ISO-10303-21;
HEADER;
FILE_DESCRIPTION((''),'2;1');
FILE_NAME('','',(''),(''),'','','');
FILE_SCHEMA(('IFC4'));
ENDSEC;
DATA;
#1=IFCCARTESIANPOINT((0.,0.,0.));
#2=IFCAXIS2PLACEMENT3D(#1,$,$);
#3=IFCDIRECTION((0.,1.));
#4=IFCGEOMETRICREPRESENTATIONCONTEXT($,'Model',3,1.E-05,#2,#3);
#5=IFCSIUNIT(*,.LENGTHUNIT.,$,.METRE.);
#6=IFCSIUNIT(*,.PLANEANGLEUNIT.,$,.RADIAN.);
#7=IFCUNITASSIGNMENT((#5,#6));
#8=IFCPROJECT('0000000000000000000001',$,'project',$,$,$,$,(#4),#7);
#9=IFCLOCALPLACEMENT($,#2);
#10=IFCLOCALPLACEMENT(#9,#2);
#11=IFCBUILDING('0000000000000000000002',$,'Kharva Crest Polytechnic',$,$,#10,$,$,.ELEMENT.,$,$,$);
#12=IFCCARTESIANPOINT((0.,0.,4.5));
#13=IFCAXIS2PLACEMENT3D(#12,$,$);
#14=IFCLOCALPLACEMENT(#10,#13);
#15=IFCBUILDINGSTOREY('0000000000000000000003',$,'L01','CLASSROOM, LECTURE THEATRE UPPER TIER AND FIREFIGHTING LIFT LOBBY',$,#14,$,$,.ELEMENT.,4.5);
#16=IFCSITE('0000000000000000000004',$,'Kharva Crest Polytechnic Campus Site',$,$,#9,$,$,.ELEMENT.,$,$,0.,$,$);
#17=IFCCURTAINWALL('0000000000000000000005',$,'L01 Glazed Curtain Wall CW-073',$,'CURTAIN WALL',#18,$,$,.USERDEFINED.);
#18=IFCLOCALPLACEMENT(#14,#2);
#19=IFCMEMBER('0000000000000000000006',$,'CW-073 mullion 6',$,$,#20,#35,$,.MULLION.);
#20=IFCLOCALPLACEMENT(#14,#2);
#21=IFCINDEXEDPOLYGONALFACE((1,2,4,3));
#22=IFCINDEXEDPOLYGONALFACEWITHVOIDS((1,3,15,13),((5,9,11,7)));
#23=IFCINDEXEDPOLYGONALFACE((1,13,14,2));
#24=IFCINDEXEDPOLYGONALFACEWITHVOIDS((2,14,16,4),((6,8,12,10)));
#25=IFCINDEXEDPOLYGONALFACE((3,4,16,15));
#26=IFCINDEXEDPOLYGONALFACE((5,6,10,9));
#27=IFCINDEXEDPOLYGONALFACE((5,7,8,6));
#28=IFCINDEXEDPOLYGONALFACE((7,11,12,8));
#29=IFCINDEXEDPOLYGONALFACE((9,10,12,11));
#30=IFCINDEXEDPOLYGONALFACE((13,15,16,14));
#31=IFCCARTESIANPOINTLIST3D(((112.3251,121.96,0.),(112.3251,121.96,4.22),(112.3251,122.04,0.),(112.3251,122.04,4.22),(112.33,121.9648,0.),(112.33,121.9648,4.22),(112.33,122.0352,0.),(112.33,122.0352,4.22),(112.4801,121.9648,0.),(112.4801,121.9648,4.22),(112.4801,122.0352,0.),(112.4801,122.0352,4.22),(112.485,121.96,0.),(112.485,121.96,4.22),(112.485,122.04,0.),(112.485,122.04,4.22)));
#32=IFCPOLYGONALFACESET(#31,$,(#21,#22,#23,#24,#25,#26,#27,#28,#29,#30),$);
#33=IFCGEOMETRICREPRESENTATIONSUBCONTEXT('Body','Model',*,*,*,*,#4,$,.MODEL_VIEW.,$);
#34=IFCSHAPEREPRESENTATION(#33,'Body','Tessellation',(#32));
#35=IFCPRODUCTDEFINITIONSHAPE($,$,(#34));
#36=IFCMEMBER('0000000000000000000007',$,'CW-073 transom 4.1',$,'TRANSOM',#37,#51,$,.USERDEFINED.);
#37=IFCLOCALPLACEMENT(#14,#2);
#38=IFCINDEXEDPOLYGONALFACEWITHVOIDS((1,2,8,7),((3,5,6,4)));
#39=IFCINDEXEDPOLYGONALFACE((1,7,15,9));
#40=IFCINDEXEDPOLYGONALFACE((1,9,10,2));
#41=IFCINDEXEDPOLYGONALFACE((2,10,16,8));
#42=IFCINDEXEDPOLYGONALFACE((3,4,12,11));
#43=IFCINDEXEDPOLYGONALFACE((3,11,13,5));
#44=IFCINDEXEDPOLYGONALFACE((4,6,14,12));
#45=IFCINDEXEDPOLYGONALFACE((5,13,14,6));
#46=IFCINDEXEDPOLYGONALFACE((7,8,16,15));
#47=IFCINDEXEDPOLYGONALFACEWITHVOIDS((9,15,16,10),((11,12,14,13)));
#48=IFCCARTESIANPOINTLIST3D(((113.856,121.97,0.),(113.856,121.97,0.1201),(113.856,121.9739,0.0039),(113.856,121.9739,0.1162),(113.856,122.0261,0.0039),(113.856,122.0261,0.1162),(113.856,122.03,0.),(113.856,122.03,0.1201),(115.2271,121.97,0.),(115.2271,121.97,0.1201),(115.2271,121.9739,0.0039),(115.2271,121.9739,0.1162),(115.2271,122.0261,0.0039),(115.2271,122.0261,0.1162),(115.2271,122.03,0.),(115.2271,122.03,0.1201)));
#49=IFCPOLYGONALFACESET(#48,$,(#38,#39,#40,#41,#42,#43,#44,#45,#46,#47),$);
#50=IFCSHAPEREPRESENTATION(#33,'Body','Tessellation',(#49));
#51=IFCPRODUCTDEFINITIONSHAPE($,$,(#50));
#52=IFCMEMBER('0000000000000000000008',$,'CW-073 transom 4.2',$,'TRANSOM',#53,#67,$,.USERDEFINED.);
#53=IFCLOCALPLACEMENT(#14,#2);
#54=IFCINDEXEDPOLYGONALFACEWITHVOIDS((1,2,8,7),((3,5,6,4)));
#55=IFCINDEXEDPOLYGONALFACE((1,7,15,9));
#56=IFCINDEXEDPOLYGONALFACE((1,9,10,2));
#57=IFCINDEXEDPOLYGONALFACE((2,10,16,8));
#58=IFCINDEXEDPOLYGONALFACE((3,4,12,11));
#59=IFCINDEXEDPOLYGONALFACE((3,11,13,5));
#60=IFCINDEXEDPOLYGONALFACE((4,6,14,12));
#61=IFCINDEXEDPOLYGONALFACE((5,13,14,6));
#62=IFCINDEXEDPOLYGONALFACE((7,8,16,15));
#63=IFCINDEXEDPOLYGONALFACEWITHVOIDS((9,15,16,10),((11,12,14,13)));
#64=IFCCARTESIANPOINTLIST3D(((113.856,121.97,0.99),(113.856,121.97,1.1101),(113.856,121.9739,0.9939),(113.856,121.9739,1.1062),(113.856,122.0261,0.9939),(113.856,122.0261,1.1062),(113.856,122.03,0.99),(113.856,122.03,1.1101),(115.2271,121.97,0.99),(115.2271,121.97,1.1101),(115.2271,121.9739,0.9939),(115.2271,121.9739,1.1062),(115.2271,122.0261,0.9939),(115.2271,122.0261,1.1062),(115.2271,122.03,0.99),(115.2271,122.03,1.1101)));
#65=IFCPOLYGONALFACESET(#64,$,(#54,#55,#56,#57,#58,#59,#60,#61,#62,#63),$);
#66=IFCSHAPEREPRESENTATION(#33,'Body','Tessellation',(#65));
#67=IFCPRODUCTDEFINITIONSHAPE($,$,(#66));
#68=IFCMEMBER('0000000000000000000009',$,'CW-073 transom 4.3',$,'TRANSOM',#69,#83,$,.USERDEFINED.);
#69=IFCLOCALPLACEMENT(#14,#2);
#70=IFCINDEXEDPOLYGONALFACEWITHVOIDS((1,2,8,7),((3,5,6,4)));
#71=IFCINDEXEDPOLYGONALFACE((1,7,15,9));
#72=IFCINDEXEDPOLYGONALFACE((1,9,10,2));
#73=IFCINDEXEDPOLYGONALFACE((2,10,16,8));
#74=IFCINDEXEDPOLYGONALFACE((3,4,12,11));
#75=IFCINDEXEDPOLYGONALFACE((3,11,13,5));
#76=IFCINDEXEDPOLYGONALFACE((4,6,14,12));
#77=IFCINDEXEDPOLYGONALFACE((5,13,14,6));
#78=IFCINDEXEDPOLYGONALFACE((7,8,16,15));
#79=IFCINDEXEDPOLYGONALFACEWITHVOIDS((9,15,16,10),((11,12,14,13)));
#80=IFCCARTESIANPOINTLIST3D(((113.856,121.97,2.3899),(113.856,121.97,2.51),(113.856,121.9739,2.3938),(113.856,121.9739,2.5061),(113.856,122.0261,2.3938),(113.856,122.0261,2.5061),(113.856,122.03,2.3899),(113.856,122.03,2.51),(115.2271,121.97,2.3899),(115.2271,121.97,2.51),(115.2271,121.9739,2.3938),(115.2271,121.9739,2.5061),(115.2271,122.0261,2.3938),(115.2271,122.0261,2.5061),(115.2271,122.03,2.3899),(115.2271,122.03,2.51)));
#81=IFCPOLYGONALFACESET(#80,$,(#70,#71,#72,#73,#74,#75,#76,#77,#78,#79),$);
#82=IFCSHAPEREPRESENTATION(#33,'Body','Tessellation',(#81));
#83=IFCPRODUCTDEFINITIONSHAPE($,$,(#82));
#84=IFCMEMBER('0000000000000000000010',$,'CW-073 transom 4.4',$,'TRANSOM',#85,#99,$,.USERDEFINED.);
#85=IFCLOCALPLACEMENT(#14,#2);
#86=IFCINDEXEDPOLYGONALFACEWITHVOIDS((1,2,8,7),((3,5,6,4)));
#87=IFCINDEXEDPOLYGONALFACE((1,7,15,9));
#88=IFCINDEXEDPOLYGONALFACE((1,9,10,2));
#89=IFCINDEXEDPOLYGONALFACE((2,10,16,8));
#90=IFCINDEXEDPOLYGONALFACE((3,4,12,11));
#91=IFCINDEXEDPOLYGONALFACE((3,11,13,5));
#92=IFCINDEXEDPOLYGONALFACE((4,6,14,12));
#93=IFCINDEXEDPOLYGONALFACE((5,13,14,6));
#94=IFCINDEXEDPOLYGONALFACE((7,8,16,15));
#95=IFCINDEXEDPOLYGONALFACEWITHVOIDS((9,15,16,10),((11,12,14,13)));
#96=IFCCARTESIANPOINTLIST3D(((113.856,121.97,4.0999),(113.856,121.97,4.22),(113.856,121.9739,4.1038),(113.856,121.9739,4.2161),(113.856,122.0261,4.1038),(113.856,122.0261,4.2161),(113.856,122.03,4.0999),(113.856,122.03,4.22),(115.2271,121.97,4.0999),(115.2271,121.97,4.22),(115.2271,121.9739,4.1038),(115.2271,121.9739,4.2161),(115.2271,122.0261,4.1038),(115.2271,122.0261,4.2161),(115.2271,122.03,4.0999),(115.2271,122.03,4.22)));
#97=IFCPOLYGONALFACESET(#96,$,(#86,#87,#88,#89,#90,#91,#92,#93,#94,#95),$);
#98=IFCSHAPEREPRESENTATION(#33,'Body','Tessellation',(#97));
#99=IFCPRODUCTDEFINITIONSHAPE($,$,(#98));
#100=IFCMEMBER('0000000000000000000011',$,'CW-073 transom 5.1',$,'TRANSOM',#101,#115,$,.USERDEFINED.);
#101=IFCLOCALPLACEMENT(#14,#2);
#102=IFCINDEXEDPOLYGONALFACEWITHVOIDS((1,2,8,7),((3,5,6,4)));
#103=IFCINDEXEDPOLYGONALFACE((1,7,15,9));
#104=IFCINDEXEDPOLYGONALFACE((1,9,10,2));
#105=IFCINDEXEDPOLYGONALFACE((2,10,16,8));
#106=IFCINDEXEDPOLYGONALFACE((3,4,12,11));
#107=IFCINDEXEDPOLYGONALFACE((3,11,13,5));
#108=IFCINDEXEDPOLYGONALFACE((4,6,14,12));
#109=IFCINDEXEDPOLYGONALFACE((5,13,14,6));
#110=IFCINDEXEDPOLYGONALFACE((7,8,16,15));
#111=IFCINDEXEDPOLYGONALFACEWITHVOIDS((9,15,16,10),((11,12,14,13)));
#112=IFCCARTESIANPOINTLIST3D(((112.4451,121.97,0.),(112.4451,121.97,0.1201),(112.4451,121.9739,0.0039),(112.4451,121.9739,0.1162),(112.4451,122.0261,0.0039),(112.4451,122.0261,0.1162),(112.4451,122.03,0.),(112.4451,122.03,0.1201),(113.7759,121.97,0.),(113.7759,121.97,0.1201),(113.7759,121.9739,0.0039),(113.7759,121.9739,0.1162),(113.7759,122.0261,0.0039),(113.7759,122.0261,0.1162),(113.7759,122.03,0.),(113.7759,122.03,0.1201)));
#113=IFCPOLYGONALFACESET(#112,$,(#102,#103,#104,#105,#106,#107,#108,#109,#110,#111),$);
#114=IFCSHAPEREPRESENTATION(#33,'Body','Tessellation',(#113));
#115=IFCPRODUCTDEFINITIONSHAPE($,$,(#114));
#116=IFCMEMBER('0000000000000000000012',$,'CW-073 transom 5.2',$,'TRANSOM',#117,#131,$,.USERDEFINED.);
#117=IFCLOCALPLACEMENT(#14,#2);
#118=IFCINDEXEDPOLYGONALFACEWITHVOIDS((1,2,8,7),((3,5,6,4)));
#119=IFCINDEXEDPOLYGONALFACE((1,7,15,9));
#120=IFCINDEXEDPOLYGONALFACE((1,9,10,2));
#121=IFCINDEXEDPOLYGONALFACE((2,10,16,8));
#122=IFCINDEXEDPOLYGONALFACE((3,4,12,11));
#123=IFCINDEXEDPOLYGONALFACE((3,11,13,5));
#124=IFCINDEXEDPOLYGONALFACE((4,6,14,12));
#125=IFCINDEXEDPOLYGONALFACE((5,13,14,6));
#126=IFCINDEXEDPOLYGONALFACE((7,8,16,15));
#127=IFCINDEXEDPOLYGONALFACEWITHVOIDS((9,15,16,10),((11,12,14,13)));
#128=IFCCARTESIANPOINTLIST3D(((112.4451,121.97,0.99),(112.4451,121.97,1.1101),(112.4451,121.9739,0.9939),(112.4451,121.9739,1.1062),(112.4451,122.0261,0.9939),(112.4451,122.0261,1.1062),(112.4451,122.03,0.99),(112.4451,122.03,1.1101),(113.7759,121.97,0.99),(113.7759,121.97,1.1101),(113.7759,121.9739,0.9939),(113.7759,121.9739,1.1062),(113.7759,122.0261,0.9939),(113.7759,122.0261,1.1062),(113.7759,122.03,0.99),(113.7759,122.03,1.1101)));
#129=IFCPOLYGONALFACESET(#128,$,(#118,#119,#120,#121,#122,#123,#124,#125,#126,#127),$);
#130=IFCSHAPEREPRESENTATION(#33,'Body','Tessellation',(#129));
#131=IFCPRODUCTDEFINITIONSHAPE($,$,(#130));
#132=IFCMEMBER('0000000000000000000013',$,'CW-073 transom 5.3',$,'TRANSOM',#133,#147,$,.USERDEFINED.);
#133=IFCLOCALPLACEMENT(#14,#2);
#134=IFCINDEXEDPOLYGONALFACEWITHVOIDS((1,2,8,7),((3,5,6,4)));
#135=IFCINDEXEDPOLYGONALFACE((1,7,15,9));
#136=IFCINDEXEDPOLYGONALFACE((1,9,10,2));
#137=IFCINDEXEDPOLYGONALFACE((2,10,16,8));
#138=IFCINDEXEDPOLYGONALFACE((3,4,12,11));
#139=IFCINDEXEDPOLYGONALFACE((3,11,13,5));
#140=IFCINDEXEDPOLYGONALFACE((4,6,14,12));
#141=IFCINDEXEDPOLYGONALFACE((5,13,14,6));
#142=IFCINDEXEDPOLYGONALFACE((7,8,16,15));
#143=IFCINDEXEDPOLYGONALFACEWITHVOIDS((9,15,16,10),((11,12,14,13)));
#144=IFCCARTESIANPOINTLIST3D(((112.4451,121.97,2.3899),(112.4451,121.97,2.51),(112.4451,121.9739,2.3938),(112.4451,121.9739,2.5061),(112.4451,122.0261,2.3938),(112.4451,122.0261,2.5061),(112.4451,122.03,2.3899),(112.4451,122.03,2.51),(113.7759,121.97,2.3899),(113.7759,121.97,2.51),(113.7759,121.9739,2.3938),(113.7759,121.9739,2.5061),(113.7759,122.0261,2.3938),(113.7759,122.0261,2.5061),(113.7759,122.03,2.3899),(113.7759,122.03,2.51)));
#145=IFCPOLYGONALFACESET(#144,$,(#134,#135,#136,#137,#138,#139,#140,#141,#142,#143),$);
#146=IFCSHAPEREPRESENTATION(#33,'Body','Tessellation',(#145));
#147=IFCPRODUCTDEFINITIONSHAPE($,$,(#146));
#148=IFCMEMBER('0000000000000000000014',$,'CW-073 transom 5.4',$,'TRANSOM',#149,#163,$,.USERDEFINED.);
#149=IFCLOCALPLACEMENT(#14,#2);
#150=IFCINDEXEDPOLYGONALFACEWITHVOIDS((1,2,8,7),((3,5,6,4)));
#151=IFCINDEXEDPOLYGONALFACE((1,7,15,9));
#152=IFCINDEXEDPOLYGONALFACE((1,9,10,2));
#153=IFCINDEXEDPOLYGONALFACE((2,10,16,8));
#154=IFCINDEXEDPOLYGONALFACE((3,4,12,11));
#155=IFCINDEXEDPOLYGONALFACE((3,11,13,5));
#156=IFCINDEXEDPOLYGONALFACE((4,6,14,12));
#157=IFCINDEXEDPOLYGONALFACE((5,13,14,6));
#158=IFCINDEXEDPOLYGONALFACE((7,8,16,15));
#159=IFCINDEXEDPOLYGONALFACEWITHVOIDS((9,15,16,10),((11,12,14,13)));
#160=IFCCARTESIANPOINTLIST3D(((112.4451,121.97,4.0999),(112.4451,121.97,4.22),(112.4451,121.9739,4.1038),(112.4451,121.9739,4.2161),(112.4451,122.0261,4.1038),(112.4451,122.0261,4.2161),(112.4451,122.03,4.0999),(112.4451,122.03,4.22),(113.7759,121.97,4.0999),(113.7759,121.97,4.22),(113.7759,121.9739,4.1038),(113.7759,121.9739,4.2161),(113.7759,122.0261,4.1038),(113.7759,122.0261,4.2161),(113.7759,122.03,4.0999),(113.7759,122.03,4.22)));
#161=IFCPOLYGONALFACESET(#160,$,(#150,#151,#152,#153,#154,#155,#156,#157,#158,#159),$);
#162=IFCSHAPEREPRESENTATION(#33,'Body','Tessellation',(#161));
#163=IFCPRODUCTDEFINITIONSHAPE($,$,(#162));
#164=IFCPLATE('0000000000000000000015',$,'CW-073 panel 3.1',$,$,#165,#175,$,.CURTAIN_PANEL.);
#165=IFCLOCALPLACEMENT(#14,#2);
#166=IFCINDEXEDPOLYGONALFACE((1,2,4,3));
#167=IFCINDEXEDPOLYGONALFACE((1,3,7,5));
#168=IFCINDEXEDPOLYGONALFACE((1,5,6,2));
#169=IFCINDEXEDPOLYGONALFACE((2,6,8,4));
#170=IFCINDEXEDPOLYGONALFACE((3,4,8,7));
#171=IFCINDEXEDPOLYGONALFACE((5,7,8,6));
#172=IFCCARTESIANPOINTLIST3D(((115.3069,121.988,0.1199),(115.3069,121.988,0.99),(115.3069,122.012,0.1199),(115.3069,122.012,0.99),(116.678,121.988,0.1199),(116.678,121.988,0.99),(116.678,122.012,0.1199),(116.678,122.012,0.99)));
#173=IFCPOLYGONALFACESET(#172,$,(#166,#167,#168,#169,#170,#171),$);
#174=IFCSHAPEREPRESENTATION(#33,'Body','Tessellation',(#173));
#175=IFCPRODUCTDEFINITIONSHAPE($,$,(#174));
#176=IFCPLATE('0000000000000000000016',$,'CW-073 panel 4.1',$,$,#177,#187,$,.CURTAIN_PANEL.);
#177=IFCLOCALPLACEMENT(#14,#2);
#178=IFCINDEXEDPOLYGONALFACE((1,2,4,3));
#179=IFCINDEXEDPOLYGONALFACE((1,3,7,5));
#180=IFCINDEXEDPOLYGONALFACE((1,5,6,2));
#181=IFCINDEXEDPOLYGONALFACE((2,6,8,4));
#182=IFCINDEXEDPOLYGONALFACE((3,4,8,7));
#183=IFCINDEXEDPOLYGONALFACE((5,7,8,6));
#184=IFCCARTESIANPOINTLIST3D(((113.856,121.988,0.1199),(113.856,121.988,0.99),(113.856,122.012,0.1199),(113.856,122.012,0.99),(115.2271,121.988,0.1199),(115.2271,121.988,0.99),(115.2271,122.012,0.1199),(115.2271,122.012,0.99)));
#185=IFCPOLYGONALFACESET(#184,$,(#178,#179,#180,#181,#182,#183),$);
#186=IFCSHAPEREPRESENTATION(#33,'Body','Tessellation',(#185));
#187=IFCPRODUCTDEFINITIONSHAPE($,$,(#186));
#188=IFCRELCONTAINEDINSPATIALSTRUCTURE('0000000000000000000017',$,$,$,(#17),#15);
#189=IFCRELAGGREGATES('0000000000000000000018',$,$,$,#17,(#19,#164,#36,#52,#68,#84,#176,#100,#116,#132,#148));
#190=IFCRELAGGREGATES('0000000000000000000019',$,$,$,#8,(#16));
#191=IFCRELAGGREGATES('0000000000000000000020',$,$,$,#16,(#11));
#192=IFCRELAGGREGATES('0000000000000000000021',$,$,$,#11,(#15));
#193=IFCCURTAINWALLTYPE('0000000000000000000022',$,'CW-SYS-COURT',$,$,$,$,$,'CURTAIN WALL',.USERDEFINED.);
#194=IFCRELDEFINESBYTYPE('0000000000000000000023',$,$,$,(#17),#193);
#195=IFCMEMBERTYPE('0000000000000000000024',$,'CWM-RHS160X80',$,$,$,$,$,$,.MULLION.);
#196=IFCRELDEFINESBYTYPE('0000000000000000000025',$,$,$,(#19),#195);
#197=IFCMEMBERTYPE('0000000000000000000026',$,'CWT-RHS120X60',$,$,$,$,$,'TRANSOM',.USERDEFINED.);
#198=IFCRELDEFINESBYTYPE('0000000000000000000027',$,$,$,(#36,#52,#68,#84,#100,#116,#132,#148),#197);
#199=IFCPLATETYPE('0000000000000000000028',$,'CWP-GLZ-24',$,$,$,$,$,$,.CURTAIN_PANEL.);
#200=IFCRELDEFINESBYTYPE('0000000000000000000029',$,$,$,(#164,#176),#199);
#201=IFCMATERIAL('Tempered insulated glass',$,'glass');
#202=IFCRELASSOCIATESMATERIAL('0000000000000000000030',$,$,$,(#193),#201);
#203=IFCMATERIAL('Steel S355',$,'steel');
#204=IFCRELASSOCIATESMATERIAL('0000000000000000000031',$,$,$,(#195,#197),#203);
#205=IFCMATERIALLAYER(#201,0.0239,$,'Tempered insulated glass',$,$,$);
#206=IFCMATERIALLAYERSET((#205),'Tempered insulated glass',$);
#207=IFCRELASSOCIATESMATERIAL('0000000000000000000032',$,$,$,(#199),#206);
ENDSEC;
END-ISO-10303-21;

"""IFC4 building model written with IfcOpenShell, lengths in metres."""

from ifc_helpers import new_model, si_unit, direction, frame, origin, origin_2d, place, context, subcontext, project, spatial, rectangle, hollow_rectangle, extrude, material, layer, layer_set, material_profile, profile_set, type_object, element, aggregate, save


model = new_model("IFC4")

# Units and contexts
model_context = context("Model", 3, precision=1e-05, world=origin(), true_north=direction((0.0, 1.0)))
body_context = subcontext(model_context, "Body", "Model", "MODEL_VIEW")
ifc_project = project(units=[si_unit("LENGTHUNIT", "METRE"), si_unit("PLANEANGLEUNIT", "RADIAN")], contexts=[model_context])

# Site, building, storey
site_placement = place(None, origin())
site = spatial("IfcSite", under=ifc_project, at=site_placement, Name="Kharva Crest Polytechnic Campus Site", CompositionType="ELEMENT", RefElevation=0.0)
building_placement = place(site_placement, origin())
building = spatial("IfcBuilding", under=site, at=building_placement, Name="Kharva Crest Polytechnic", CompositionType="ELEMENT")
storey_placement = place(building_placement, frame((0.0, 0.0, 4.5)))
storey = spatial("IfcBuildingStorey", under=building, at=storey_placement, Name="L01", Description="CLASSROOM, LECTURE THEATRE UPPER TIER AND FIREFIGHTING LIFT LOBBY", CompositionType="ELEMENT", Elevation=4.5)

# Shared definitions
ifc_material_1 = material(Name="Steel S355", Category="steel")

# Curtain wall, members, plates
ifc_material_2 = material(Name="Tempered insulated glass", Category="glass")
curtain_wall_type = type_object("IfcCurtainWallType", Name="CW-SYS-COURT", ElementType="CURTAIN WALL", PredefinedType="USERDEFINED", material=ifc_material_2)
curtain_wall_placement = place(storey_placement, origin())
curtain_wall = element("IfcCurtainWall", 1, at=curtain_wall_placement, inside=storey, type_object=curtain_wall_type, Name="L01 Glazed Curtain Wall CW-073", ObjectType="CURTAIN WALL", PredefinedType="USERDEFINED")
ifc_material_profile_1 = material_profile(ifc_material_1, hollow_rectangle(XDim=0.0801, YDim=0.1599, WallThickness=0.0049, at=origin_2d()), Name="RHS 160X80X5.0")
ifc_profile_set_1 = profile_set([ifc_material_profile_1], Name="Steel S355")
member_type_1 = type_object("IfcMemberType", Name="CWM-RHS160X80", PredefinedType="MULLION", material=ifc_profile_set_1)
member_1_placement = place(storey_placement, frame((112.405, 122.0, 0.0), z_axis=(0.0, 0.0, 1.0), x_axis=(0.0, -1.0, 0.0)))
member_1 = element("IfcMember", 2, at=member_1_placement, type_object=member_type_1, Name="CW-073 mullion 6", PredefinedType="MULLION", context=body_context, shape_type="SweptSolid", body=[
    extrude(hollow_rectangle(XDim=0.0801, YDim=0.1599, WallThickness=0.0049, at=origin_2d()), origin(), (0.0, 0.0, 1.0), 4.22),
])
ifc_material_profile_2 = material_profile(ifc_material_1, hollow_rectangle(XDim=0.0601, YDim=0.1201, WallThickness=0.0039, at=origin_2d()), Name="RHS 120X60X4.0")
ifc_profile_set_2 = profile_set([ifc_material_profile_2], Name="Steel S355")
member_type_2 = type_object("IfcMemberType", Name="CWT-RHS120X60", ElementType="TRANSOM", PredefinedType="USERDEFINED", material=ifc_profile_set_2)
member_2_placement = place(storey_placement, frame((115.2271, 122.0, 0.0601), z_axis=(-1.0, 0.0, 0.0), x_axis=(0.0, -1.0, 0.0)))
member_2 = element("IfcMember", 3, at=member_2_placement, type_object=member_type_2, Name="CW-073 transom 4.1", ObjectType="TRANSOM", PredefinedType="USERDEFINED", context=body_context, shape_type="SweptSolid", body=[
    extrude(hollow_rectangle(XDim=0.0601, YDim=0.1201, WallThickness=0.0039, at=origin_2d()), origin(), (0.0, 0.0, 1.0), 1.3711),
])
member_3_placement = place(storey_placement, frame((115.2271, 122.0, 1.05), z_axis=(-1.0, 0.0, 0.0), x_axis=(0.0, -1.0, 0.0)))
member_3 = element("IfcMember", 4, at=member_3_placement, type_object=member_type_2, Name="CW-073 transom 4.2", ObjectType="TRANSOM", PredefinedType="USERDEFINED", context=body_context, shape_type="SweptSolid", body=[
    extrude(hollow_rectangle(XDim=0.0601, YDim=0.1201, WallThickness=0.0039, at=origin_2d()), origin(), (0.0, 0.0, 1.0), 1.3711),
])
member_4_placement = place(storey_placement, frame((115.2271, 122.0, 2.45), z_axis=(-1.0, 0.0, 0.0), x_axis=(0.0, -1.0, 0.0)))
member_4 = element("IfcMember", 5, at=member_4_placement, type_object=member_type_2, Name="CW-073 transom 4.3", ObjectType="TRANSOM", PredefinedType="USERDEFINED", context=body_context, shape_type="SweptSolid", body=[
    extrude(hollow_rectangle(XDim=0.0601, YDim=0.1201, WallThickness=0.0039, at=origin_2d()), origin(), (0.0, 0.0, 1.0), 1.3711),
])
member_5_placement = place(storey_placement, frame((115.2271, 122.0, 4.1599), z_axis=(-1.0, 0.0, 0.0), x_axis=(0.0, -1.0, 0.0)))
member_5 = element("IfcMember", 6, at=member_5_placement, type_object=member_type_2, Name="CW-073 transom 4.4", ObjectType="TRANSOM", PredefinedType="USERDEFINED", context=body_context, shape_type="SweptSolid", body=[
    extrude(hollow_rectangle(XDim=0.0601, YDim=0.1201, WallThickness=0.0039, at=origin_2d()), origin(), (0.0, 0.0, 1.0), 1.3711),
])
member_6_placement = place(storey_placement, frame((113.7759, 122.0, 0.0601), z_axis=(-1.0, 0.0, 0.0), x_axis=(0.0, -1.0, 0.0)))
member_6 = element("IfcMember", 7, at=member_6_placement, type_object=member_type_2, Name="CW-073 transom 5.1", ObjectType="TRANSOM", PredefinedType="USERDEFINED", context=body_context, shape_type="SweptSolid", body=[
    extrude(hollow_rectangle(XDim=0.0601, YDim=0.1201, WallThickness=0.0039, at=origin_2d()), origin(), (0.0, 0.0, 1.0), 1.3308),
])
member_7_placement = place(storey_placement, frame((113.7759, 122.0, 1.05), z_axis=(-1.0, 0.0, 0.0), x_axis=(0.0, -1.0, 0.0)))
member_7 = element("IfcMember", 8, at=member_7_placement, type_object=member_type_2, Name="CW-073 transom 5.2", ObjectType="TRANSOM", PredefinedType="USERDEFINED", context=body_context, shape_type="SweptSolid", body=[
    extrude(hollow_rectangle(XDim=0.0601, YDim=0.1201, WallThickness=0.0039, at=origin_2d()), origin(), (0.0, 0.0, 1.0), 1.3308),
])
member_8_placement = place(storey_placement, frame((113.7759, 122.0, 2.45), z_axis=(-1.0, 0.0, 0.0), x_axis=(0.0, -1.0, 0.0)))
member_8 = element("IfcMember", 9, at=member_8_placement, type_object=member_type_2, Name="CW-073 transom 5.3", ObjectType="TRANSOM", PredefinedType="USERDEFINED", context=body_context, shape_type="SweptSolid", body=[
    extrude(hollow_rectangle(XDim=0.0601, YDim=0.1201, WallThickness=0.0039, at=origin_2d()), origin(), (0.0, 0.0, 1.0), 1.3308),
])
member_9_placement = place(storey_placement, frame((113.7759, 122.0, 4.1599), z_axis=(-1.0, 0.0, 0.0), x_axis=(0.0, -1.0, 0.0)))
member_9 = element("IfcMember", 10, at=member_9_placement, type_object=member_type_2, Name="CW-073 transom 5.4", ObjectType="TRANSOM", PredefinedType="USERDEFINED", context=body_context, shape_type="SweptSolid", body=[
    extrude(hollow_rectangle(XDim=0.0601, YDim=0.1201, WallThickness=0.0039, at=origin_2d()), origin(), (0.0, 0.0, 1.0), 1.3308),
])
ifc_layer_1 = layer(ifc_material_2, 0.0239, Name="Tempered insulated glass")
ifc_layer_set_1 = layer_set([ifc_layer_1], Name="Tempered insulated glass")
plate_type = type_object("IfcPlateType", Name="CWP-GLZ-24", PredefinedType="CURTAIN_PANEL", material=ifc_layer_set_1)
plate_1_placement = place(storey_placement, frame((115.9924, 122.0, 0.1199), z_axis=(0.0, 0.0, 1.0), x_axis=(-1.0, 0.0, 0.0)))
plate_1 = element("IfcPlate", 11, at=plate_1_placement, type_object=plate_type, Name="CW-073 panel 3.1", PredefinedType="CURTAIN_PANEL", context=body_context, shape_type="SweptSolid", body=[
    extrude(rectangle(XDim=1.3711, YDim=0.0239, at=origin_2d()), origin(), (0.0, 0.0, 1.0), 0.8701),
])
plate_2_placement = place(storey_placement, frame((114.5415, 122.0, 0.1199), z_axis=(0.0, 0.0, 1.0), x_axis=(-1.0, 0.0, 0.0)))
plate_2 = element("IfcPlate", 12, at=plate_2_placement, type_object=plate_type, Name="CW-073 panel 4.1", PredefinedType="CURTAIN_PANEL", context=body_context, shape_type="SweptSolid", body=[
    extrude(rectangle(XDim=1.3711, YDim=0.0239, at=origin_2d()), origin(), (0.0, 0.0, 1.0), 0.8701),
])
aggregate(curtain_wall, [member_1, plate_1, member_2, member_3, member_4, member_5, plate_2, member_6, member_7, member_8, member_9])

save(model, "model.ifc")
